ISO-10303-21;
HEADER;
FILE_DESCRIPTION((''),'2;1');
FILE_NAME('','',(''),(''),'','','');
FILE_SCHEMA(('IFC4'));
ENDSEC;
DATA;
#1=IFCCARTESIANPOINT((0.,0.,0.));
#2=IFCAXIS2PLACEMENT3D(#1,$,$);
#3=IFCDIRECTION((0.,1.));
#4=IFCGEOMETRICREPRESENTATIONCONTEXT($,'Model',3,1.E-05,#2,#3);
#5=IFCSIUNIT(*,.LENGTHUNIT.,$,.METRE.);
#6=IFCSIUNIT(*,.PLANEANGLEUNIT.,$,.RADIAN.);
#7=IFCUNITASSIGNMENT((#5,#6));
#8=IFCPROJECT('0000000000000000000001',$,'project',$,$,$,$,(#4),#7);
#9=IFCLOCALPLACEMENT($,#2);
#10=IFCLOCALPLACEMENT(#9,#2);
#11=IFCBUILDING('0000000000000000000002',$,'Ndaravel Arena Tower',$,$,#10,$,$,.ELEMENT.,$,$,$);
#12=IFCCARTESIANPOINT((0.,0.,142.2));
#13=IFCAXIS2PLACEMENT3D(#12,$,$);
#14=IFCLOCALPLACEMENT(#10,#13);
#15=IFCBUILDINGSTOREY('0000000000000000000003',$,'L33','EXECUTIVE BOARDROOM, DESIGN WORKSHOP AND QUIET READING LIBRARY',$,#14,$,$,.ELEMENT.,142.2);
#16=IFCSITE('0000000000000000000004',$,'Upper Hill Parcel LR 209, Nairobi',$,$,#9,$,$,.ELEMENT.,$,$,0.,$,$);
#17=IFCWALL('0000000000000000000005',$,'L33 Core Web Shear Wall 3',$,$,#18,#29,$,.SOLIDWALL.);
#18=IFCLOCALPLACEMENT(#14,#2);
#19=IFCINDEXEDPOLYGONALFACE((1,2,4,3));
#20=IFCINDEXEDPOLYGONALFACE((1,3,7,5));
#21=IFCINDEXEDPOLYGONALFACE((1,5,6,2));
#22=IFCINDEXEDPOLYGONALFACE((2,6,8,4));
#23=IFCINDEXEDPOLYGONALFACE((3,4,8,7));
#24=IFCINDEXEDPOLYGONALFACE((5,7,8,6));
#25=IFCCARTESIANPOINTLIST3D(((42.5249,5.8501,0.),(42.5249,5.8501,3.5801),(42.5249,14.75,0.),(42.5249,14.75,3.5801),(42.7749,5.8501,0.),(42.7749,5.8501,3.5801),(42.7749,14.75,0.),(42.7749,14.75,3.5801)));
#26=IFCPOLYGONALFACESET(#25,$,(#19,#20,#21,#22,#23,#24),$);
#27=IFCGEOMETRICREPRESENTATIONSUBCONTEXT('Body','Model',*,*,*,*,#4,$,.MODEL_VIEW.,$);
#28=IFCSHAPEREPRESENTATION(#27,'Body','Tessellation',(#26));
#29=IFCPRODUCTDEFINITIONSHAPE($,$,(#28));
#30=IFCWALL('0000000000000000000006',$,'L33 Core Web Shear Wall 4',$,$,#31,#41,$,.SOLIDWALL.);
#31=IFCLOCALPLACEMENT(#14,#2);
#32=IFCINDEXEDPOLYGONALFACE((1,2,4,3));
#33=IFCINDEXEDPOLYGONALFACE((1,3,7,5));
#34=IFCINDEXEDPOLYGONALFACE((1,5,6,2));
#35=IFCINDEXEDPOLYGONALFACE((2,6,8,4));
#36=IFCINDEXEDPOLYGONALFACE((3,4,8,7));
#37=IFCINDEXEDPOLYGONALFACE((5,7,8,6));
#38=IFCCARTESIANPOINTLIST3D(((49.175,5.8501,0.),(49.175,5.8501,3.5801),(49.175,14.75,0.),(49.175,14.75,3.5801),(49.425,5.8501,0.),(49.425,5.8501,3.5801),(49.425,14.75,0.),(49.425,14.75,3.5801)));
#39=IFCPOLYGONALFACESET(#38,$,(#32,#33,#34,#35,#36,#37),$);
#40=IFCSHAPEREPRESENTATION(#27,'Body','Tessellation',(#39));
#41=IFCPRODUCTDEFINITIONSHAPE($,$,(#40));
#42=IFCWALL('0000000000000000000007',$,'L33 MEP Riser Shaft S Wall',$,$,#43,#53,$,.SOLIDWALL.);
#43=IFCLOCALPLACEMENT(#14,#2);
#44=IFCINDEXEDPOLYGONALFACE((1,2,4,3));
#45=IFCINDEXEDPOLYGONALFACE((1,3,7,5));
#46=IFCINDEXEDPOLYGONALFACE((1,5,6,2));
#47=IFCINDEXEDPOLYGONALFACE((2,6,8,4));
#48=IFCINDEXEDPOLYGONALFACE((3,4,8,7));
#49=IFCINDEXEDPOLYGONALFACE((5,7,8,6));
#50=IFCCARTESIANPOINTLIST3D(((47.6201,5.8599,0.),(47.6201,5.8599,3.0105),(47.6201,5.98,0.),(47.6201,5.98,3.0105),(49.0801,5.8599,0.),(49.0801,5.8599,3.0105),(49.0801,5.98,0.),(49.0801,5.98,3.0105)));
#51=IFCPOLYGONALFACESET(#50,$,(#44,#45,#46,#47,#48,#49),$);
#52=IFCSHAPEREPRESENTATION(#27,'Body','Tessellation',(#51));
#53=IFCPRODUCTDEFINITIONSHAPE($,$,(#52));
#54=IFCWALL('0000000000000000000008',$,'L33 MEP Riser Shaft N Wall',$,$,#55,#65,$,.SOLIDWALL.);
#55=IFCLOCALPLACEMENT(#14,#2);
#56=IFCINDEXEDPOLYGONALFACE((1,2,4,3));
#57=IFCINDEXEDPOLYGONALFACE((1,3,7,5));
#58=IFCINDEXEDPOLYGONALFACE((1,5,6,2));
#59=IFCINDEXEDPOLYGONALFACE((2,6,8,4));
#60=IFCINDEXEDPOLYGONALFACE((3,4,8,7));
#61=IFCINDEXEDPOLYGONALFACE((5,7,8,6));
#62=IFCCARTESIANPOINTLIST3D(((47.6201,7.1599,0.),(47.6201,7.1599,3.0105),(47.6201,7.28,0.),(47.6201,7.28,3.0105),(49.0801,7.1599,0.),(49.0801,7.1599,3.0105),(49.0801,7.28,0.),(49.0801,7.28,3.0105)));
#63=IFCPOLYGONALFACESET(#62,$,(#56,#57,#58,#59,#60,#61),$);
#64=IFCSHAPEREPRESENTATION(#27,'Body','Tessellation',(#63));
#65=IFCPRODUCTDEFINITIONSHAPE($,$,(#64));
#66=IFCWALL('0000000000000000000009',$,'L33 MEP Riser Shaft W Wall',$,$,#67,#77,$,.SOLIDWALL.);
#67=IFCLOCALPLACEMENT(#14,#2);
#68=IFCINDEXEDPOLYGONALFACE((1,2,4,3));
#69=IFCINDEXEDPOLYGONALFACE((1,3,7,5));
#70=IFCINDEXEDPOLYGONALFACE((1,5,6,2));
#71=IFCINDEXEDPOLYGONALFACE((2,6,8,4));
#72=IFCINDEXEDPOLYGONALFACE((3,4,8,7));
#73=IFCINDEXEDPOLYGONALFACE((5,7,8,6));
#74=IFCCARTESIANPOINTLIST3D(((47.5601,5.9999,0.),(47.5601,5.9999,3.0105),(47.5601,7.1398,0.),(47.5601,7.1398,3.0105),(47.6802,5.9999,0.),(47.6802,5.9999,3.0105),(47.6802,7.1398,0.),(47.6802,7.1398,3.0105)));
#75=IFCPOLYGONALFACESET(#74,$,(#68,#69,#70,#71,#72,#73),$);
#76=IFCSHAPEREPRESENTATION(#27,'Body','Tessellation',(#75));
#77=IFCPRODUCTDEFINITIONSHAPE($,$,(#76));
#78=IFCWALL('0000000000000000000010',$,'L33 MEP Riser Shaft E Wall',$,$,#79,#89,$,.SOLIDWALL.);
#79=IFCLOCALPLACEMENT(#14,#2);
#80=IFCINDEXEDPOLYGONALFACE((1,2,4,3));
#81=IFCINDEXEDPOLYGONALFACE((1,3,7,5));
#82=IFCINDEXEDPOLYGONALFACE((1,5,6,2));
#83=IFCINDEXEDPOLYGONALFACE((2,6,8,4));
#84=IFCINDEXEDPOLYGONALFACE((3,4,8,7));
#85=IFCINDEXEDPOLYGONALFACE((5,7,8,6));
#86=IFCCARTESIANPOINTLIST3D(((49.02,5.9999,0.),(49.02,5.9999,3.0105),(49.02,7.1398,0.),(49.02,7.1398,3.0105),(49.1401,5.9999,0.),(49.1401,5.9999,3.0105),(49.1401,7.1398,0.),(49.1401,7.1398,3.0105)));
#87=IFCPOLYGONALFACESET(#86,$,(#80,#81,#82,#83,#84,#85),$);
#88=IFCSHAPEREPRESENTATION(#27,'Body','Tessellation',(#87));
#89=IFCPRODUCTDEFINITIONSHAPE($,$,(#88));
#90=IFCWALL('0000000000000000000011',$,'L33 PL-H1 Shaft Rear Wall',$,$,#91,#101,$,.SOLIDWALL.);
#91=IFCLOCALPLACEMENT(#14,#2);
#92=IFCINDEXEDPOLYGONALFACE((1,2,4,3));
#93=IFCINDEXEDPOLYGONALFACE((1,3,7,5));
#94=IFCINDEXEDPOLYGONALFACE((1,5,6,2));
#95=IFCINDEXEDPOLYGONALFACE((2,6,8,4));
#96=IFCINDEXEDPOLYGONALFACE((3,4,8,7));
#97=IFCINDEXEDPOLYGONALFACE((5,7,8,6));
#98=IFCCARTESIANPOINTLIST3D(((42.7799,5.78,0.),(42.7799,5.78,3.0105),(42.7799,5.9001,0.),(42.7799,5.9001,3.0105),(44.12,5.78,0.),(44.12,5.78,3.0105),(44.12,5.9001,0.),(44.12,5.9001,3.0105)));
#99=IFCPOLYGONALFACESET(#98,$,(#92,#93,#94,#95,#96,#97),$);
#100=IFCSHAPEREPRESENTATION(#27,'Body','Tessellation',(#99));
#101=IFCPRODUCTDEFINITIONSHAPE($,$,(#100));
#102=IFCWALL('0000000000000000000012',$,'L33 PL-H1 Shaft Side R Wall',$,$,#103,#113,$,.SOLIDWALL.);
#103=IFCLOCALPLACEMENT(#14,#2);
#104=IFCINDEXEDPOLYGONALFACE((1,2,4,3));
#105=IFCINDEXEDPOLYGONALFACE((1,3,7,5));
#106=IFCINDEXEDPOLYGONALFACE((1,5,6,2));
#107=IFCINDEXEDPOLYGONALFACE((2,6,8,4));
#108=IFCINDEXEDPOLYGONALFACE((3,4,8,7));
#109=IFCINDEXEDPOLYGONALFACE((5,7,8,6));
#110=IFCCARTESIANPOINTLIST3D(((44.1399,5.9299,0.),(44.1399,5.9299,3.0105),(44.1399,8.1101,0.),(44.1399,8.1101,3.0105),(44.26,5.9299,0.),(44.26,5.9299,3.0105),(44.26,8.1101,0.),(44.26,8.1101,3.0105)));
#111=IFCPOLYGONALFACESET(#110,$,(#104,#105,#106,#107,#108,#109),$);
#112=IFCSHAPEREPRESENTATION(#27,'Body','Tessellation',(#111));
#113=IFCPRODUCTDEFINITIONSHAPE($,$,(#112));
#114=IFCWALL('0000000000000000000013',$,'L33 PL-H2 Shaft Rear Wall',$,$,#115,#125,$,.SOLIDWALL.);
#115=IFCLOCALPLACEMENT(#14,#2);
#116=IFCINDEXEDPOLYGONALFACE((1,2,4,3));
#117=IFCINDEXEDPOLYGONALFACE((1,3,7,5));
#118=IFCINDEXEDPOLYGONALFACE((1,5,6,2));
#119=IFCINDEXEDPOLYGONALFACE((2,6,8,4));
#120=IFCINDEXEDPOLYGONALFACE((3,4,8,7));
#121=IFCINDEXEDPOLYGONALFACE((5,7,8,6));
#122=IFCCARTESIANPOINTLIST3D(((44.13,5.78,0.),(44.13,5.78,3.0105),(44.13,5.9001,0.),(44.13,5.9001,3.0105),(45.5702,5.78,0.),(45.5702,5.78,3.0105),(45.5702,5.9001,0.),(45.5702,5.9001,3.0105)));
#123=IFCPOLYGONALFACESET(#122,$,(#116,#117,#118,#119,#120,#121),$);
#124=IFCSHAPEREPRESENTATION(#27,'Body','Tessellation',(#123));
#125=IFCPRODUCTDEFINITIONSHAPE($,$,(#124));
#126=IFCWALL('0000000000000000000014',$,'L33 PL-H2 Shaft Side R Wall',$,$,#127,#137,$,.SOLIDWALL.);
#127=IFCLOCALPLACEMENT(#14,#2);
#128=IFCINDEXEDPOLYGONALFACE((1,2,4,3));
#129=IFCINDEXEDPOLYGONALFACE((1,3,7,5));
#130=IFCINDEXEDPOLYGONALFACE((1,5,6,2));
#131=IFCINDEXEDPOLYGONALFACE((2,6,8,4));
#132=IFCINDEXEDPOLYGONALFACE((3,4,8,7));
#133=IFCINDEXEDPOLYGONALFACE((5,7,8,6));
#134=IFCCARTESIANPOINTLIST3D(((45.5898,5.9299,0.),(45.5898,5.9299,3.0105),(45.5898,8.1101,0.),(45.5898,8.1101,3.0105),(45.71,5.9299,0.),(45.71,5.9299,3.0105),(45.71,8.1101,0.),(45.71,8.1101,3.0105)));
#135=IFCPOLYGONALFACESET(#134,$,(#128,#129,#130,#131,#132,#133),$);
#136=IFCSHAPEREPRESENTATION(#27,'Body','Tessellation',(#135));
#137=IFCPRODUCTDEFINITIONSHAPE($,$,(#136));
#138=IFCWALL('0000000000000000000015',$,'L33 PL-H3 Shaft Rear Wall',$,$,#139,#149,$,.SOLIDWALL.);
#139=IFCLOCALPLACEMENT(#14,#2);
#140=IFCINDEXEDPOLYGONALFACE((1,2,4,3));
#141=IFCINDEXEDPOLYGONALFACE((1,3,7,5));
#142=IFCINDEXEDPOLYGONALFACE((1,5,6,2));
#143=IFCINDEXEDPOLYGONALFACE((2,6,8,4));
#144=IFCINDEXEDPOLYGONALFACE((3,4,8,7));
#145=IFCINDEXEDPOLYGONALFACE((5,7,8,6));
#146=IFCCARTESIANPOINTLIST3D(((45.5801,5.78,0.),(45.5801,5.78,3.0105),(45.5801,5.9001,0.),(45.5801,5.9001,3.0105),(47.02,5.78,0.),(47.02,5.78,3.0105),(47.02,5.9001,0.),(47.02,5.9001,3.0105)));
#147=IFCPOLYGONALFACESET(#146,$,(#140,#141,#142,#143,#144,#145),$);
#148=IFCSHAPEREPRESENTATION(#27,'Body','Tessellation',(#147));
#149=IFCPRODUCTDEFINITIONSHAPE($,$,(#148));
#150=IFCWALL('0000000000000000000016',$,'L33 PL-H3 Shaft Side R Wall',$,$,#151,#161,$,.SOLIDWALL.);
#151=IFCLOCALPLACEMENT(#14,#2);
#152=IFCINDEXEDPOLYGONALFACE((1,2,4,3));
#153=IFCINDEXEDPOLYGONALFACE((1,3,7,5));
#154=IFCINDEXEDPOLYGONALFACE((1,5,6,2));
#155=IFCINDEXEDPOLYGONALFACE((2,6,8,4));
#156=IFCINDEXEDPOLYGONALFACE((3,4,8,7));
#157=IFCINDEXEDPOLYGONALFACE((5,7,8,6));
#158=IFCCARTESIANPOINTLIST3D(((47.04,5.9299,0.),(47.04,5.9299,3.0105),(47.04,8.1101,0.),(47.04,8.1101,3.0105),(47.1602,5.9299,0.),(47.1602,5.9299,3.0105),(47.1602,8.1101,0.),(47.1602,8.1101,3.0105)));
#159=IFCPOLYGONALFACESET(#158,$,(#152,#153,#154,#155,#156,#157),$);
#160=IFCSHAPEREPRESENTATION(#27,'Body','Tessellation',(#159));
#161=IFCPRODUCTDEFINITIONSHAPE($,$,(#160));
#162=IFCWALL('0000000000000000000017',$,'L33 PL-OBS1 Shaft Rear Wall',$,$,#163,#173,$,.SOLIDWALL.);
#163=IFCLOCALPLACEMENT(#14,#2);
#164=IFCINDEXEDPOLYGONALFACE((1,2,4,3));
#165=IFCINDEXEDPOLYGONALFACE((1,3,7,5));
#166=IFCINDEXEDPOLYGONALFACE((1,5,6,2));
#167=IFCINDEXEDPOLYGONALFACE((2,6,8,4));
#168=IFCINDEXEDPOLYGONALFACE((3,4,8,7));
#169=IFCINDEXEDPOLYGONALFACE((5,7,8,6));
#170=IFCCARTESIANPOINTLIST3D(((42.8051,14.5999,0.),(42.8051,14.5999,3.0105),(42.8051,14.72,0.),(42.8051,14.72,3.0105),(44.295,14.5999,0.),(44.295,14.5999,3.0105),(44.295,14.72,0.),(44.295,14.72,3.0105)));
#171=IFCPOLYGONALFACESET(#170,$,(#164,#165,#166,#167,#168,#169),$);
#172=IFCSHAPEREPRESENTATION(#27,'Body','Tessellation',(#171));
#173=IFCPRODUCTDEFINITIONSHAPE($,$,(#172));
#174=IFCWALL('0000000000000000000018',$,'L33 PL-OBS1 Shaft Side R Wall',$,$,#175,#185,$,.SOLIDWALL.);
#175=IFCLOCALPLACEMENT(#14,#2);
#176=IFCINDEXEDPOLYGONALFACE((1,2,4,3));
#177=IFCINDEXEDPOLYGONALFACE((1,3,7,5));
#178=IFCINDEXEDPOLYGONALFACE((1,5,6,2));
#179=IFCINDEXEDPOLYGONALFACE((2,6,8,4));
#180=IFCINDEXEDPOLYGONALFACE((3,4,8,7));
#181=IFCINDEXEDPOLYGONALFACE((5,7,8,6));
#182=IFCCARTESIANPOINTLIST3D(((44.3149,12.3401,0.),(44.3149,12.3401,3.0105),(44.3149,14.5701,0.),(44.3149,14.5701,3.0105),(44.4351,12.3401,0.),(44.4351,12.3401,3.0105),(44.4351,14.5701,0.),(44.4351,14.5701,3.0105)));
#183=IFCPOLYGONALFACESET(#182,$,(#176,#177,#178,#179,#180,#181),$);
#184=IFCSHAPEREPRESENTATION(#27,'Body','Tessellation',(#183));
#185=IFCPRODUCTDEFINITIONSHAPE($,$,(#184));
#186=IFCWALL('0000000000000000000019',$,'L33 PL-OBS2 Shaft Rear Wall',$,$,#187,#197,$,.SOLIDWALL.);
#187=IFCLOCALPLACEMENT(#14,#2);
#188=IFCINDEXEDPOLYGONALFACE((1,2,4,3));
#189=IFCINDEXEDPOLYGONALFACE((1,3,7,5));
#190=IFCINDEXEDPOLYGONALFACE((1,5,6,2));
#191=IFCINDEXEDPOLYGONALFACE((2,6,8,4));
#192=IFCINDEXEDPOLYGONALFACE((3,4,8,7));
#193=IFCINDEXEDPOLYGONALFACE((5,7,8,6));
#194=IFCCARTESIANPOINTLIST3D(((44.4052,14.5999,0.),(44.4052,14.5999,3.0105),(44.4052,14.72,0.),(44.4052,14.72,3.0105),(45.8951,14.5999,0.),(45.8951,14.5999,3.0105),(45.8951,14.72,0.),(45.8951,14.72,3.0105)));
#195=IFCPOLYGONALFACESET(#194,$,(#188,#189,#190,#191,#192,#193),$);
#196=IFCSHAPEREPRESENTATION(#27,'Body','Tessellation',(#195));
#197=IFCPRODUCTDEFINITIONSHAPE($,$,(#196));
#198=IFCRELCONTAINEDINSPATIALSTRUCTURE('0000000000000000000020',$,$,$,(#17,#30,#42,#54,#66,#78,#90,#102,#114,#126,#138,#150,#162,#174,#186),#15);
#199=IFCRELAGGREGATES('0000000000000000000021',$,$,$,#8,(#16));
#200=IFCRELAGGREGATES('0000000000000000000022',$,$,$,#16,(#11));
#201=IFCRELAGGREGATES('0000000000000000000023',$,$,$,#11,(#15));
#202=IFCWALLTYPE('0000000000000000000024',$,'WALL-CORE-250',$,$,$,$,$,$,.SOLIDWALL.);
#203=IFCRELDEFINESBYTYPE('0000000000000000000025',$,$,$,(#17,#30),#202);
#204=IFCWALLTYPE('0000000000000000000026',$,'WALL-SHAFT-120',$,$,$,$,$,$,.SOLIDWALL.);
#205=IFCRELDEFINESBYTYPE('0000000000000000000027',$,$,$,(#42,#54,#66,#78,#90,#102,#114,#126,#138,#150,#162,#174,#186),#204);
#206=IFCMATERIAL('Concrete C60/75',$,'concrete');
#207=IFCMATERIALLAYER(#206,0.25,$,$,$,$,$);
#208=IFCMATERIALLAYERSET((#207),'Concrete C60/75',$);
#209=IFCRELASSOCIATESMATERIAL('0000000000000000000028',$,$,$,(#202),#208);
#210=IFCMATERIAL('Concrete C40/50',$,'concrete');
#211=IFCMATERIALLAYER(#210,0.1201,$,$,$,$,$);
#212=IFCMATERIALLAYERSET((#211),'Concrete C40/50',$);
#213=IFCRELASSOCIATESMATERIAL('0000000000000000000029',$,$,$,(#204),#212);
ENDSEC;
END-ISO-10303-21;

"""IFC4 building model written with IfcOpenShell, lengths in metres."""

from ifc_helpers import new_model, si_unit, direction, frame, frame_2d, origin, place, context, subcontext, project, spatial, rectangle, extrude, material, layer, layer_set, type_object, element, save


model = new_model("IFC4")

# Units and contexts
model_context = context("Model", 3, precision=1e-05, world=origin(), true_north=direction((0.0, 1.0)))
body_context = subcontext(model_context, "Body", "Model", "MODEL_VIEW")
ifc_project = project(units=[si_unit("LENGTHUNIT", "METRE"), si_unit("PLANEANGLEUNIT", "RADIAN")], contexts=[model_context])

# Site, building, storey
site_placement = place(None, origin())
site = spatial("IfcSite", under=ifc_project, at=site_placement, Name="Upper Hill Parcel LR 209, Nairobi", CompositionType="ELEMENT", RefElevation=0.0)
building_placement = place(site_placement, origin())
building = spatial("IfcBuilding", under=site, at=building_placement, Name="Ndaravel Arena Tower", CompositionType="ELEMENT")
storey_placement = place(building_placement, frame((0.0, 0.0, 142.2)))
storey = spatial("IfcBuildingStorey", under=building, at=storey_placement, Name="L33", Description="EXECUTIVE BOARDROOM, DESIGN WORKSHOP AND QUIET READING LIBRARY", CompositionType="ELEMENT", Elevation=142.2)

# Walls
ifc_material_1 = material(Name="Concrete C60/75", Category="concrete")
ifc_layer_1 = layer(ifc_material_1, 0.25)
ifc_layer_set_1 = layer_set([ifc_layer_1], Name="Concrete C60/75")
wall_type_1 = type_object("IfcWallType", Name="WALL-CORE-250", PredefinedType="SOLIDWALL", material=ifc_layer_set_1)
for number, where, z_axis, x_axis, name in (
    (1, (42.6499, 5.8501, 0.0), (0.0, 0.0, 1.0), (0.0, 1.0, 0.0), "L33 Core Web Shear Wall 3"),
    (2, (49.3, 5.8501, 0.0), (0.0, 0.0, 1.0), (0.0, 1.0, 0.0), "L33 Core Web Shear Wall 4"),
):
    element("IfcWall", number, at=place(storey_placement, frame(where, z_axis=z_axis, x_axis=x_axis)), inside=storey, type_object=wall_type_1, Name=name, PredefinedType="SOLIDWALL", context=body_context, shape_type="SweptSolid", body=[
        extrude(rectangle(XDim=8.8999, YDim=0.25, at=frame_2d((4.45, 0.0))), origin(), (0.0, 0.0, 1.0), 3.5801),
    ])
ifc_material_2 = material(Name="Concrete C40/50", Category="concrete")
ifc_layer_2 = layer(ifc_material_2, 0.1201)
ifc_layer_set_2 = layer_set([ifc_layer_2], Name="Concrete C40/50")
wall_type_2 = type_object("IfcWallType", Name="WALL-SHAFT-120", PredefinedType="SOLIDWALL", material=ifc_layer_set_2)
for number, where, z_axis, x_axis, name in (
    (3, (47.6201, 5.9199, 0.0), (0.0, 0.0, 1.0), (1.0, 0.0, 0.0), "L33 MEP Riser Shaft S Wall"),
    (4, (47.6201, 7.22, 0.0), (0.0, 0.0, 1.0), (1.0, 0.0, 0.0), "L33 MEP Riser Shaft N Wall"),
):
    element("IfcWall", number, at=place(storey_placement, frame(where, z_axis=z_axis, x_axis=x_axis)), inside=storey, type_object=wall_type_2, Name=name, PredefinedType="SOLIDWALL", context=body_context, shape_type="SweptSolid", body=[
        extrude(rectangle(XDim=1.46, YDim=0.1201, at=frame_2d((0.73, 0.0))), origin(), (0.0, 0.0, 1.0), 3.0105),
    ])
for number, where, z_axis, x_axis, name in (
    (5, (47.6201, 6.0, 0.0), (0.0, 0.0, 1.0), (0.0, 1.0, 0.0), "L33 MEP Riser Shaft W Wall"),
    (6, (49.0801, 6.0, 0.0), (0.0, 0.0, 1.0), (0.0, 1.0, 0.0), "L33 MEP Riser Shaft E Wall"),
):
    element("IfcWall", number, at=place(storey_placement, frame(where, z_axis=z_axis, x_axis=x_axis)), inside=storey, type_object=wall_type_2, Name=name, PredefinedType="SOLIDWALL", context=body_context, shape_type="SweptSolid", body=[
        extrude(rectangle(XDim=1.1399, YDim=0.1201, at=frame_2d((0.5698, 0.0))), origin(), (0.0, 0.0, 1.0), 3.0105),
    ])
wall_1_placement = place(storey_placement, frame((42.78, 5.8401, 0.0), z_axis=(0.0, 0.0, 1.0), x_axis=(1.0, 0.0, 0.0)))
element("IfcWall", 7, at=wall_1_placement, inside=storey, type_object=wall_type_2, Name="L33 PL-H1 Shaft Rear Wall", PredefinedType="SOLIDWALL", context=body_context, shape_type="SweptSolid", body=[
    extrude(rectangle(XDim=1.3401, YDim=0.1201, at=frame_2d((0.6699, 0.0))), origin(), (0.0, 0.0, 1.0), 3.0105),
])
wall_2_placement = place(storey_placement, frame((44.2, 5.9299, 0.0), z_axis=(0.0, 0.0, 1.0), x_axis=(0.0, 1.0, 0.0)))
element("IfcWall", 8, at=wall_2_placement, inside=storey, type_object=wall_type_2, Name="L33 PL-H1 Shaft Side R Wall", PredefinedType="SOLIDWALL", context=body_context, shape_type="SweptSolid", body=[
    extrude(rectangle(XDim=2.1802, YDim=0.1201, at=frame_2d((1.0901, 0.0))), origin(), (0.0, 0.0, 1.0), 3.0105),
])
wall_3_placement = place(storey_placement, frame((44.1299, 5.8401, 0.0), z_axis=(0.0, 0.0, 1.0), x_axis=(1.0, 0.0, 0.0)))
element("IfcWall", 9, at=wall_3_placement, inside=storey, type_object=wall_type_2, Name="L33 PL-H2 Shaft Rear Wall", PredefinedType="SOLIDWALL", context=body_context, shape_type="SweptSolid", body=[
    extrude(rectangle(XDim=1.4402, YDim=0.1201, at=frame_2d((0.7202, 0.0))), origin(), (0.0, 0.0, 1.0), 3.0105),
])
wall_4_placement = place(storey_placement, frame((45.6499, 5.9299, 0.0), z_axis=(0.0, 0.0, 1.0), x_axis=(0.0, 1.0, 0.0)))
element("IfcWall", 10, at=wall_4_placement, inside=storey, type_object=wall_type_2, Name="L33 PL-H2 Shaft Side R Wall", PredefinedType="SOLIDWALL", context=body_context, shape_type="SweptSolid", body=[
    extrude(rectangle(XDim=2.1802, YDim=0.1201, at=frame_2d((1.0901, 0.0))), origin(), (0.0, 0.0, 1.0), 3.0105),
])
wall_5_placement = place(storey_placement, frame((45.5801, 5.8401, 0.0), z_axis=(0.0, 0.0, 1.0), x_axis=(1.0, 0.0, 0.0)))
element("IfcWall", 11, at=wall_5_placement, inside=storey, type_object=wall_type_2, Name="L33 PL-H3 Shaft Rear Wall", PredefinedType="SOLIDWALL", context=body_context, shape_type="SweptSolid", body=[
    extrude(rectangle(XDim=1.4399, YDim=0.1201, at=frame_2d((0.72, 0.0))), origin(), (0.0, 0.0, 1.0), 3.0105),
])
wall_6_placement = place(storey_placement, frame((47.1001, 5.9299, 0.0), z_axis=(0.0, 0.0, 1.0), x_axis=(0.0, 1.0, 0.0)))
element("IfcWall", 12, at=wall_6_placement, inside=storey, type_object=wall_type_2, Name="L33 PL-H3 Shaft Side R Wall", PredefinedType="SOLIDWALL", context=body_context, shape_type="SweptSolid", body=[
    extrude(rectangle(XDim=2.1802, YDim=0.1201, at=frame_2d((1.0901, 0.0))), origin(), (0.0, 0.0, 1.0), 3.0105),
])
wall_7_placement = place(storey_placement, frame((42.8049, 14.6599, 0.0), z_axis=(0.0, 0.0, 1.0), x_axis=(1.0, 0.0, 0.0)))
element("IfcWall", 13, at=wall_7_placement, inside=storey, type_object=wall_type_2, Name="L33 PL-OBS1 Shaft Rear Wall", PredefinedType="SOLIDWALL", context=body_context, shape_type="SweptSolid", body=[
    extrude(rectangle(XDim=1.49, YDim=0.1201, at=frame_2d((0.7451, 0.0))), origin(), (0.0, 0.0, 1.0), 3.0105),
])
wall_8_placement = place(storey_placement, frame((44.375, 12.3401, 0.0), z_axis=(0.0, 0.0, 1.0), x_axis=(0.0, 1.0, 0.0)))
element("IfcWall", 14, at=wall_8_placement, inside=storey, type_object=wall_type_2, Name="L33 PL-OBS1 Shaft Side R Wall", PredefinedType="SOLIDWALL", context=body_context, shape_type="SweptSolid", body=[
    extrude(rectangle(XDim=2.23, YDim=0.1201, at=frame_2d((1.115, 0.0))), origin(), (0.0, 0.0, 1.0), 3.0105),
])
wall_9_placement = place(storey_placement, frame((44.405, 14.6599, 0.0), z_axis=(0.0, 0.0, 1.0), x_axis=(1.0, 0.0, 0.0)))
element("IfcWall", 15, at=wall_9_placement, inside=storey, type_object=wall_type_2, Name="L33 PL-OBS2 Shaft Rear Wall", PredefinedType="SOLIDWALL", context=body_context, shape_type="SweptSolid", body=[
    extrude(rectangle(XDim=1.49, YDim=0.1201, at=frame_2d((0.7451, 0.0))), origin(), (0.0, 0.0, 1.0), 3.0105),
])

save(model, "model.ifc")
